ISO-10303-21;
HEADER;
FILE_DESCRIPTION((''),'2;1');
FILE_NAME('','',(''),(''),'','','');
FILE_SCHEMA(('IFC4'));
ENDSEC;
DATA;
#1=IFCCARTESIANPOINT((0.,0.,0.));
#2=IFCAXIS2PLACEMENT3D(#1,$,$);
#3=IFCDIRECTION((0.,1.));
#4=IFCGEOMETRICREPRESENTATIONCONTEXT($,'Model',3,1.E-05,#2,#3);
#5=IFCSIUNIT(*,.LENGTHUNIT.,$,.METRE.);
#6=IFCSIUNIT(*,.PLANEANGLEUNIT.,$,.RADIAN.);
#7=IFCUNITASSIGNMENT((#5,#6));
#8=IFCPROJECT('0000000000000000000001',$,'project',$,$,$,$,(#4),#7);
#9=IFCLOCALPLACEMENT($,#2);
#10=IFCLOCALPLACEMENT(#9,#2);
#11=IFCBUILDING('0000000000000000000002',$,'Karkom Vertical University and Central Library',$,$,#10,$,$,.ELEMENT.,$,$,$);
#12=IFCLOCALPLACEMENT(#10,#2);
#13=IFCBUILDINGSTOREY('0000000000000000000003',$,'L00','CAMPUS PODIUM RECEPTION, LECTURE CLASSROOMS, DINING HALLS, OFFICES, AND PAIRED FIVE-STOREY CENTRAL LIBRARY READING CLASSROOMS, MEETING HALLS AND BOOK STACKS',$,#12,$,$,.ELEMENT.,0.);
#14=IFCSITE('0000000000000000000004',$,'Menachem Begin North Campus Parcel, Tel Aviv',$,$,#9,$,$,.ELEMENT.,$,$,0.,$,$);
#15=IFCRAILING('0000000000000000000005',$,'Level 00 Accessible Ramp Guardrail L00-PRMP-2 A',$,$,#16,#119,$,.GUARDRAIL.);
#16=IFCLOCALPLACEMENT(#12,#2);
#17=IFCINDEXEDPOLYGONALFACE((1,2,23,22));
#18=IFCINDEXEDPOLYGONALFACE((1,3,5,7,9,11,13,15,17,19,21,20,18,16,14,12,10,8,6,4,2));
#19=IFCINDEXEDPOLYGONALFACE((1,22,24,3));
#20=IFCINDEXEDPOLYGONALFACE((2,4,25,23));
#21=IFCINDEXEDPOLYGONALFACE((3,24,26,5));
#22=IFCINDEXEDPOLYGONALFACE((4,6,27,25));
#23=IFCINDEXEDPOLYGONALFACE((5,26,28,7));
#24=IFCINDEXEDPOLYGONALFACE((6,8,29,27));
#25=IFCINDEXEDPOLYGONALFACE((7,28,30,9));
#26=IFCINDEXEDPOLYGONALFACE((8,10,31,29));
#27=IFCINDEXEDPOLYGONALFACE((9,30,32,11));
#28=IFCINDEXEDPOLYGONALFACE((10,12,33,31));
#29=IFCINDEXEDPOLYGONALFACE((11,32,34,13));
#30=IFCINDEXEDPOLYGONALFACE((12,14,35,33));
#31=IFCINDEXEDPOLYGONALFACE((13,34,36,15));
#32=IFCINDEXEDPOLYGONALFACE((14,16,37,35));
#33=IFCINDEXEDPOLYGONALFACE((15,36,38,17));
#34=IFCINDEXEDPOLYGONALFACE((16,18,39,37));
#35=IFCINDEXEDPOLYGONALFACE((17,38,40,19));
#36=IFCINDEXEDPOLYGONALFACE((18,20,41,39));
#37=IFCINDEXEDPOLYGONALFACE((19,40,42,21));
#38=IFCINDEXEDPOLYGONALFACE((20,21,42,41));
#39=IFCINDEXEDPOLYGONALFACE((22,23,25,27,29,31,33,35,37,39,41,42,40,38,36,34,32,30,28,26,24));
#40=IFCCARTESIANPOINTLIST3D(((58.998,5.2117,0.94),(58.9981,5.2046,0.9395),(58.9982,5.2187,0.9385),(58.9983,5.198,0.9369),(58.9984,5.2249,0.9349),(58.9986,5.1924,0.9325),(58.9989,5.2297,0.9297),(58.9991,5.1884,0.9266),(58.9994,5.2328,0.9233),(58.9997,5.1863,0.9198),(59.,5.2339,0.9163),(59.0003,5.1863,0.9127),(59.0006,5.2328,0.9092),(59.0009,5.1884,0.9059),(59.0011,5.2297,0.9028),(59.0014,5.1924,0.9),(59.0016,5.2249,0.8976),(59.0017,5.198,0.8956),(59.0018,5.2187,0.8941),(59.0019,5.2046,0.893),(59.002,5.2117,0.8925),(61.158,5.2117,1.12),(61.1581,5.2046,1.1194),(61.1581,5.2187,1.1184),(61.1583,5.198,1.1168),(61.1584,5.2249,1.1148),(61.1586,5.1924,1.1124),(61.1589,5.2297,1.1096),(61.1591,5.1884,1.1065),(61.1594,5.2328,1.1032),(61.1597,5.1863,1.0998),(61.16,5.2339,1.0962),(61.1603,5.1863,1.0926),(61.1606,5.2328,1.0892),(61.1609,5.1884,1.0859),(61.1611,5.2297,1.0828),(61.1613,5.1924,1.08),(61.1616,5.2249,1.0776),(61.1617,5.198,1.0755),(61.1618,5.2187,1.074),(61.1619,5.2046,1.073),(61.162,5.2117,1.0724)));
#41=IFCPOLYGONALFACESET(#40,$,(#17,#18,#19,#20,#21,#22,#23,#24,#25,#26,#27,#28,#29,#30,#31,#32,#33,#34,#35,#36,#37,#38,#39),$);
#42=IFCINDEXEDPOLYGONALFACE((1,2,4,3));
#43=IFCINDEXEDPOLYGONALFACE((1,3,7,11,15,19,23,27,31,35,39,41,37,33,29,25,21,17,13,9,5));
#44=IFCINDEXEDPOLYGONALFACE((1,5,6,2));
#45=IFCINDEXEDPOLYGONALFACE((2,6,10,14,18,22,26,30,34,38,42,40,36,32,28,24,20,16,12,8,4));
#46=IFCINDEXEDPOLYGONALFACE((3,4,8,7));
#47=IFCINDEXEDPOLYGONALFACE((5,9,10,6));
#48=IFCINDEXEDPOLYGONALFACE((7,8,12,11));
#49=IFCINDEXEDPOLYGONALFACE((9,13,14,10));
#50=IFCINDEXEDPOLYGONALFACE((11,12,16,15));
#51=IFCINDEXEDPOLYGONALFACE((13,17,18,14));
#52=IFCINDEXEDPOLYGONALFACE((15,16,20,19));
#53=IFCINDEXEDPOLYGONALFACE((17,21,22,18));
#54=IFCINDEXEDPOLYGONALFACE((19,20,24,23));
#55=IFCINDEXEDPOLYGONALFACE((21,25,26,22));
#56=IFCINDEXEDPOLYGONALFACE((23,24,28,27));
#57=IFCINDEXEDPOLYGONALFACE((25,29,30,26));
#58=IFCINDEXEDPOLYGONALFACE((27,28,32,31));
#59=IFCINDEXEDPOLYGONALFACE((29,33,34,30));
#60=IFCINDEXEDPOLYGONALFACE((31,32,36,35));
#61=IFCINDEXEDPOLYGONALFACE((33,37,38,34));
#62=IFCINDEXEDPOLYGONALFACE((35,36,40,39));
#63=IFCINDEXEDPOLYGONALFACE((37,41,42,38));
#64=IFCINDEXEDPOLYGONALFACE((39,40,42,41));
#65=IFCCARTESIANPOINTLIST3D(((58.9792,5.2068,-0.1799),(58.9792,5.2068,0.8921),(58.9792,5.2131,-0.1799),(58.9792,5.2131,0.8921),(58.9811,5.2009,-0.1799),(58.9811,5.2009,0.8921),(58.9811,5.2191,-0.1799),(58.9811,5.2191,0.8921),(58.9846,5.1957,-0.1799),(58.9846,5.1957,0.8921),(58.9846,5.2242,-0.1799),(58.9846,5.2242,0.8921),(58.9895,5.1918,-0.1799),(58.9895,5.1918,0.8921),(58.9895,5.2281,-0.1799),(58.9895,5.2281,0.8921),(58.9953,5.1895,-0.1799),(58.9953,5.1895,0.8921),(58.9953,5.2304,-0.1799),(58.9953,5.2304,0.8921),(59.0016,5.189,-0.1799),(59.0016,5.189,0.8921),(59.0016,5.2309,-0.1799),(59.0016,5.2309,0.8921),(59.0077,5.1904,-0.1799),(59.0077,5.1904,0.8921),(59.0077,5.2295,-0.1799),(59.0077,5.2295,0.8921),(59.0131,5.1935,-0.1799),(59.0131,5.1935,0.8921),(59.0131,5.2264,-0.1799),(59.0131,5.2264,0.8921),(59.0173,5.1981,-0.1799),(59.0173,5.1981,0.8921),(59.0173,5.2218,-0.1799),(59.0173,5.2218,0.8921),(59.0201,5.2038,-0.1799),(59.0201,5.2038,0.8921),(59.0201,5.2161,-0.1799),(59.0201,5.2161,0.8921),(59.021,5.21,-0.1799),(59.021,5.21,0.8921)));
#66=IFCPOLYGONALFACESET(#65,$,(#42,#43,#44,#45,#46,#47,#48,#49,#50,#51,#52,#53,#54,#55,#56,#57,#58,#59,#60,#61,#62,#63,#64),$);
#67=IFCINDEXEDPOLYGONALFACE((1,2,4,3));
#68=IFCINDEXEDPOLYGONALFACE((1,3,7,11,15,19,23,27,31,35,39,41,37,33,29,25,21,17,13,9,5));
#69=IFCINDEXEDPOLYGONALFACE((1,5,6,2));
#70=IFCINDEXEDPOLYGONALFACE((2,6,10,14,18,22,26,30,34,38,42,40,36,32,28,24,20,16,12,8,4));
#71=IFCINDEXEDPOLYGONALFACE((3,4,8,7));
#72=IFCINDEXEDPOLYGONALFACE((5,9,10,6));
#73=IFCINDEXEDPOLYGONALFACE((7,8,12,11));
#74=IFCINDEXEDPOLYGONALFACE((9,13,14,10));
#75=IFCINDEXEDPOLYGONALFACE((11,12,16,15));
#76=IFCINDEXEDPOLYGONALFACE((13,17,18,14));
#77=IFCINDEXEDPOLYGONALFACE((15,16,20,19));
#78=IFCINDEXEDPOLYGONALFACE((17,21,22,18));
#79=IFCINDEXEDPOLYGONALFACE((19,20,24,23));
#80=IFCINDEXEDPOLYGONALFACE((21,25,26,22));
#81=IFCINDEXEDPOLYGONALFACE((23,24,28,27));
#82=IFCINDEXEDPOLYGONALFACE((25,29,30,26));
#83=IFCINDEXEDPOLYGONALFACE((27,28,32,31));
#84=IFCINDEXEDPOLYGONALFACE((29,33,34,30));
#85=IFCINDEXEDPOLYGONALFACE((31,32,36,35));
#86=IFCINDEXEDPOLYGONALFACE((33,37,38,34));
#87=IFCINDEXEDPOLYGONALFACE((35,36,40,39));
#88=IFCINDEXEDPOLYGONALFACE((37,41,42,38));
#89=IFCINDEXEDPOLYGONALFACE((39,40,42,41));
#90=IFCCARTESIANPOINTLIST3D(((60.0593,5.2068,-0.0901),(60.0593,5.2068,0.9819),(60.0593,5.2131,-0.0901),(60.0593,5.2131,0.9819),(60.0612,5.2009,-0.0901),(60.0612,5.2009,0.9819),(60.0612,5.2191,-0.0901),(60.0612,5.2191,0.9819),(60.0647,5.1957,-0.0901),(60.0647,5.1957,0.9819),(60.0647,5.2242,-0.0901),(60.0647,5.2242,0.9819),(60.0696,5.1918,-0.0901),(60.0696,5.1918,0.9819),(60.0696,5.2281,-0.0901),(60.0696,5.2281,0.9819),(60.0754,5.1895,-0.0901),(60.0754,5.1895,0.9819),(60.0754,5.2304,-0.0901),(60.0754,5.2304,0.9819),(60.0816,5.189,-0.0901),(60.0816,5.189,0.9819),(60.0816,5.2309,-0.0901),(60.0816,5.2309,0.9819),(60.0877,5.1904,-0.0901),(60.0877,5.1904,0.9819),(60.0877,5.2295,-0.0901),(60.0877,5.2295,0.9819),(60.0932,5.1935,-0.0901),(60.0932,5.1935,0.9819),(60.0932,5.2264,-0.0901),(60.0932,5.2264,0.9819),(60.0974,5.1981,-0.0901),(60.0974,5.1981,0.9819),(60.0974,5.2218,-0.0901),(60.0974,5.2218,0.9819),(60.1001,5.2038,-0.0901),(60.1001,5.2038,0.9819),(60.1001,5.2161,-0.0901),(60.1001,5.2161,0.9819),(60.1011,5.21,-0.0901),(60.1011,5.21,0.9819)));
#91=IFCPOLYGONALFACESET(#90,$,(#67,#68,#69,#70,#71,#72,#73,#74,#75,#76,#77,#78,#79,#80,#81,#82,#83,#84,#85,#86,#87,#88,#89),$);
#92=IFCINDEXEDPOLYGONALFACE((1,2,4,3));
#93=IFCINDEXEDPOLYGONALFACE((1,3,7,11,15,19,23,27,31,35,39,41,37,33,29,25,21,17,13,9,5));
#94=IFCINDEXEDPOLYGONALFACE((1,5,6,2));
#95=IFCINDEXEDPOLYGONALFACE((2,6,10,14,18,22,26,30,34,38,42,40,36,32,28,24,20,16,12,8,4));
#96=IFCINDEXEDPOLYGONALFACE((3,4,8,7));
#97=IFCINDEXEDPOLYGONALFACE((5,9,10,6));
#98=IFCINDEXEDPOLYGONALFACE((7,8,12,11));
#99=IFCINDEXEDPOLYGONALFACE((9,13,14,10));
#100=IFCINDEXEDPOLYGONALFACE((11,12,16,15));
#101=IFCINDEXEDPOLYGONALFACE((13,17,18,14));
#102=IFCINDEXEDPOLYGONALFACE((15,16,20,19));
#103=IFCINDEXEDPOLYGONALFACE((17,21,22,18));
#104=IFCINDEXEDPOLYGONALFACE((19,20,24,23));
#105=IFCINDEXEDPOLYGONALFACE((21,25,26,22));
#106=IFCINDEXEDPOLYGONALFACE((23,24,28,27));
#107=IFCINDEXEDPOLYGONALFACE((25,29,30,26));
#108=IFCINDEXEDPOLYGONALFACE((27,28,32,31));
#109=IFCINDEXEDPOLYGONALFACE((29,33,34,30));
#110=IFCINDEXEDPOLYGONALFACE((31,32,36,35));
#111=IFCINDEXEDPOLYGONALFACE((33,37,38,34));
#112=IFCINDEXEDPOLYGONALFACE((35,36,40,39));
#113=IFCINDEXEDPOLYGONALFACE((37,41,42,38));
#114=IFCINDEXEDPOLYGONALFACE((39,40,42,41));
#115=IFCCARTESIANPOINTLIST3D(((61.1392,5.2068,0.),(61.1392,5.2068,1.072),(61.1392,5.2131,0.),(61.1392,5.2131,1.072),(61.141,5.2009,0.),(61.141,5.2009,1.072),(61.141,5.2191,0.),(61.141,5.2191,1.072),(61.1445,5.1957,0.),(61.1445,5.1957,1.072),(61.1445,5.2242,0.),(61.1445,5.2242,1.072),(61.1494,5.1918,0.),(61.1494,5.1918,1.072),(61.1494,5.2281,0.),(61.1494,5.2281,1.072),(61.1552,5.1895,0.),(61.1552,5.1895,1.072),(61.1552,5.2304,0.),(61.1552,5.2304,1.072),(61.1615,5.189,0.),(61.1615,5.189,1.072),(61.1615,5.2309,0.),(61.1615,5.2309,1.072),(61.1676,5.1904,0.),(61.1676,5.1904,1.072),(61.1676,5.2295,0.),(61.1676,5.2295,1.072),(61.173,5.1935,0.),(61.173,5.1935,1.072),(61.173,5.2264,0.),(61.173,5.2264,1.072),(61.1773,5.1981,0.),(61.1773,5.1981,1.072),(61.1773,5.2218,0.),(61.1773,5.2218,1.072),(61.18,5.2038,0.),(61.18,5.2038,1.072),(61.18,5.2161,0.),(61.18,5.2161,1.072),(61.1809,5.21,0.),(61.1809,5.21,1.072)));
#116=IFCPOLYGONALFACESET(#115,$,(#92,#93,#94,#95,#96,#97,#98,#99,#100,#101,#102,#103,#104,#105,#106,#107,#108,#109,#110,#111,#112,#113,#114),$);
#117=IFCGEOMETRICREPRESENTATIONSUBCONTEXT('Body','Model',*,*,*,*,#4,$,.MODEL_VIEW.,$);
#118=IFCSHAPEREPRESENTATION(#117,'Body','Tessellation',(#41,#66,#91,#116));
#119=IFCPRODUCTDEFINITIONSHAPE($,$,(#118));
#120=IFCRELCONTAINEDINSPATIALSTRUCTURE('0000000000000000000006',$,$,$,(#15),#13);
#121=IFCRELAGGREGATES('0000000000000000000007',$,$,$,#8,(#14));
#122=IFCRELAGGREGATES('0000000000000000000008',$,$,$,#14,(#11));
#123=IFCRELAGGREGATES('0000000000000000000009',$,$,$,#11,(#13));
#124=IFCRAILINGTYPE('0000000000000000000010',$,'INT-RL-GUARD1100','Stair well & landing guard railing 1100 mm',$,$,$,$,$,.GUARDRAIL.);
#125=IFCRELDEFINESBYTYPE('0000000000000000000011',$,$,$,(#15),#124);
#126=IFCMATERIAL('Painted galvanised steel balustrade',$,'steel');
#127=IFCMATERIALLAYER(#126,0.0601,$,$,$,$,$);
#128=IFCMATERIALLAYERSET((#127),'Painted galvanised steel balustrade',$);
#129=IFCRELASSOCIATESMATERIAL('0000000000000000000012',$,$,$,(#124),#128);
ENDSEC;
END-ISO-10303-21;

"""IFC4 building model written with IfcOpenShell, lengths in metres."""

from ifc_helpers import new_model, si_unit, direction, frame, origin, origin_2d, place, context, subcontext, project, spatial, circle, extrude, material, layer, layer_set, type_object, element, save


model = new_model("IFC4")

# Units and contexts
model_context = context("Model", 3, precision=1e-05, world=origin(), true_north=direction((0.0, 1.0)))
body_context = subcontext(model_context, "Body", "Model", "MODEL_VIEW")
ifc_project = project(units=[si_unit("LENGTHUNIT", "METRE"), si_unit("PLANEANGLEUNIT", "RADIAN")], contexts=[model_context])

# Site, building, storey
site_placement = place(None, origin())
site = spatial("IfcSite", under=ifc_project, at=site_placement, Name="Menachem Begin North Campus Parcel, Tel Aviv", CompositionType="ELEMENT", RefElevation=0.0)
building_placement = place(site_placement, origin())
building = spatial("IfcBuilding", under=site, at=building_placement, Name="Karkom Vertical University and Central Library", CompositionType="ELEMENT")
storey_placement = place(building_placement, origin())
storey = spatial("IfcBuildingStorey", under=building, at=storey_placement, Name="L00", Description="CAMPUS PODIUM RECEPTION, LECTURE CLASSROOMS, DINING HALLS, OFFICES, AND PAIRED FIVE-STOREY CENTRAL LIBRARY READING CLASSROOMS, MEETING HALLS AND BOOK STACKS", CompositionType="ELEMENT", Elevation=0.0)

# Railing
ifc_material_1 = material(Name="Painted galvanised steel balustrade", Category="steel")
ifc_layer_1 = layer(ifc_material_1, 0.0601)
ifc_layer_set_1 = layer_set([ifc_layer_1], Name="Painted galvanised steel balustrade")
railing_type = type_object("IfcRailingType", Name="INT-RL-GUARD1100", Description="Stair well & landing guard railing 1100 mm", PredefinedType="GUARDRAIL", material=ifc_layer_set_1)
for number, where, name in (
    (1, (59.0, 5.21, -0.1799), "Level 00 Accessible Ramp Guardrail L00-PRMP-2 A"),
):
    element("IfcRailing", number, at=place(storey_placement, frame(where)), inside=storey, type_object=railing_type, Name=name, PredefinedType="GUARDRAIL", context=body_context, shape_type="SweptSolid", body=[
        extrude(circle(Radius=0.0239, at=origin_2d()), frame((0.0, 0.0, 1.0962), z_axis=(0.996548, 0.0, 0.083018), x_axis=(0.0, 1.0, 0.0)), (0.0, 0.0, 1.0), 2.1675),
        extrude(circle(Radius=0.021, at=origin_2d()), origin(), (0.0, 0.0, 1.0), 1.072),
        extrude(circle(Radius=0.021, at=origin_2d()), frame((1.0801, 0.0, 0.0898)), (0.0, 0.0, 1.0), 1.072),
        extrude(circle(Radius=0.021, at=origin_2d()), frame((2.1599, 0.0, 0.1799)), (0.0, 0.0, 1.0), 1.072),
    ])

save(model, "model.ifc")
